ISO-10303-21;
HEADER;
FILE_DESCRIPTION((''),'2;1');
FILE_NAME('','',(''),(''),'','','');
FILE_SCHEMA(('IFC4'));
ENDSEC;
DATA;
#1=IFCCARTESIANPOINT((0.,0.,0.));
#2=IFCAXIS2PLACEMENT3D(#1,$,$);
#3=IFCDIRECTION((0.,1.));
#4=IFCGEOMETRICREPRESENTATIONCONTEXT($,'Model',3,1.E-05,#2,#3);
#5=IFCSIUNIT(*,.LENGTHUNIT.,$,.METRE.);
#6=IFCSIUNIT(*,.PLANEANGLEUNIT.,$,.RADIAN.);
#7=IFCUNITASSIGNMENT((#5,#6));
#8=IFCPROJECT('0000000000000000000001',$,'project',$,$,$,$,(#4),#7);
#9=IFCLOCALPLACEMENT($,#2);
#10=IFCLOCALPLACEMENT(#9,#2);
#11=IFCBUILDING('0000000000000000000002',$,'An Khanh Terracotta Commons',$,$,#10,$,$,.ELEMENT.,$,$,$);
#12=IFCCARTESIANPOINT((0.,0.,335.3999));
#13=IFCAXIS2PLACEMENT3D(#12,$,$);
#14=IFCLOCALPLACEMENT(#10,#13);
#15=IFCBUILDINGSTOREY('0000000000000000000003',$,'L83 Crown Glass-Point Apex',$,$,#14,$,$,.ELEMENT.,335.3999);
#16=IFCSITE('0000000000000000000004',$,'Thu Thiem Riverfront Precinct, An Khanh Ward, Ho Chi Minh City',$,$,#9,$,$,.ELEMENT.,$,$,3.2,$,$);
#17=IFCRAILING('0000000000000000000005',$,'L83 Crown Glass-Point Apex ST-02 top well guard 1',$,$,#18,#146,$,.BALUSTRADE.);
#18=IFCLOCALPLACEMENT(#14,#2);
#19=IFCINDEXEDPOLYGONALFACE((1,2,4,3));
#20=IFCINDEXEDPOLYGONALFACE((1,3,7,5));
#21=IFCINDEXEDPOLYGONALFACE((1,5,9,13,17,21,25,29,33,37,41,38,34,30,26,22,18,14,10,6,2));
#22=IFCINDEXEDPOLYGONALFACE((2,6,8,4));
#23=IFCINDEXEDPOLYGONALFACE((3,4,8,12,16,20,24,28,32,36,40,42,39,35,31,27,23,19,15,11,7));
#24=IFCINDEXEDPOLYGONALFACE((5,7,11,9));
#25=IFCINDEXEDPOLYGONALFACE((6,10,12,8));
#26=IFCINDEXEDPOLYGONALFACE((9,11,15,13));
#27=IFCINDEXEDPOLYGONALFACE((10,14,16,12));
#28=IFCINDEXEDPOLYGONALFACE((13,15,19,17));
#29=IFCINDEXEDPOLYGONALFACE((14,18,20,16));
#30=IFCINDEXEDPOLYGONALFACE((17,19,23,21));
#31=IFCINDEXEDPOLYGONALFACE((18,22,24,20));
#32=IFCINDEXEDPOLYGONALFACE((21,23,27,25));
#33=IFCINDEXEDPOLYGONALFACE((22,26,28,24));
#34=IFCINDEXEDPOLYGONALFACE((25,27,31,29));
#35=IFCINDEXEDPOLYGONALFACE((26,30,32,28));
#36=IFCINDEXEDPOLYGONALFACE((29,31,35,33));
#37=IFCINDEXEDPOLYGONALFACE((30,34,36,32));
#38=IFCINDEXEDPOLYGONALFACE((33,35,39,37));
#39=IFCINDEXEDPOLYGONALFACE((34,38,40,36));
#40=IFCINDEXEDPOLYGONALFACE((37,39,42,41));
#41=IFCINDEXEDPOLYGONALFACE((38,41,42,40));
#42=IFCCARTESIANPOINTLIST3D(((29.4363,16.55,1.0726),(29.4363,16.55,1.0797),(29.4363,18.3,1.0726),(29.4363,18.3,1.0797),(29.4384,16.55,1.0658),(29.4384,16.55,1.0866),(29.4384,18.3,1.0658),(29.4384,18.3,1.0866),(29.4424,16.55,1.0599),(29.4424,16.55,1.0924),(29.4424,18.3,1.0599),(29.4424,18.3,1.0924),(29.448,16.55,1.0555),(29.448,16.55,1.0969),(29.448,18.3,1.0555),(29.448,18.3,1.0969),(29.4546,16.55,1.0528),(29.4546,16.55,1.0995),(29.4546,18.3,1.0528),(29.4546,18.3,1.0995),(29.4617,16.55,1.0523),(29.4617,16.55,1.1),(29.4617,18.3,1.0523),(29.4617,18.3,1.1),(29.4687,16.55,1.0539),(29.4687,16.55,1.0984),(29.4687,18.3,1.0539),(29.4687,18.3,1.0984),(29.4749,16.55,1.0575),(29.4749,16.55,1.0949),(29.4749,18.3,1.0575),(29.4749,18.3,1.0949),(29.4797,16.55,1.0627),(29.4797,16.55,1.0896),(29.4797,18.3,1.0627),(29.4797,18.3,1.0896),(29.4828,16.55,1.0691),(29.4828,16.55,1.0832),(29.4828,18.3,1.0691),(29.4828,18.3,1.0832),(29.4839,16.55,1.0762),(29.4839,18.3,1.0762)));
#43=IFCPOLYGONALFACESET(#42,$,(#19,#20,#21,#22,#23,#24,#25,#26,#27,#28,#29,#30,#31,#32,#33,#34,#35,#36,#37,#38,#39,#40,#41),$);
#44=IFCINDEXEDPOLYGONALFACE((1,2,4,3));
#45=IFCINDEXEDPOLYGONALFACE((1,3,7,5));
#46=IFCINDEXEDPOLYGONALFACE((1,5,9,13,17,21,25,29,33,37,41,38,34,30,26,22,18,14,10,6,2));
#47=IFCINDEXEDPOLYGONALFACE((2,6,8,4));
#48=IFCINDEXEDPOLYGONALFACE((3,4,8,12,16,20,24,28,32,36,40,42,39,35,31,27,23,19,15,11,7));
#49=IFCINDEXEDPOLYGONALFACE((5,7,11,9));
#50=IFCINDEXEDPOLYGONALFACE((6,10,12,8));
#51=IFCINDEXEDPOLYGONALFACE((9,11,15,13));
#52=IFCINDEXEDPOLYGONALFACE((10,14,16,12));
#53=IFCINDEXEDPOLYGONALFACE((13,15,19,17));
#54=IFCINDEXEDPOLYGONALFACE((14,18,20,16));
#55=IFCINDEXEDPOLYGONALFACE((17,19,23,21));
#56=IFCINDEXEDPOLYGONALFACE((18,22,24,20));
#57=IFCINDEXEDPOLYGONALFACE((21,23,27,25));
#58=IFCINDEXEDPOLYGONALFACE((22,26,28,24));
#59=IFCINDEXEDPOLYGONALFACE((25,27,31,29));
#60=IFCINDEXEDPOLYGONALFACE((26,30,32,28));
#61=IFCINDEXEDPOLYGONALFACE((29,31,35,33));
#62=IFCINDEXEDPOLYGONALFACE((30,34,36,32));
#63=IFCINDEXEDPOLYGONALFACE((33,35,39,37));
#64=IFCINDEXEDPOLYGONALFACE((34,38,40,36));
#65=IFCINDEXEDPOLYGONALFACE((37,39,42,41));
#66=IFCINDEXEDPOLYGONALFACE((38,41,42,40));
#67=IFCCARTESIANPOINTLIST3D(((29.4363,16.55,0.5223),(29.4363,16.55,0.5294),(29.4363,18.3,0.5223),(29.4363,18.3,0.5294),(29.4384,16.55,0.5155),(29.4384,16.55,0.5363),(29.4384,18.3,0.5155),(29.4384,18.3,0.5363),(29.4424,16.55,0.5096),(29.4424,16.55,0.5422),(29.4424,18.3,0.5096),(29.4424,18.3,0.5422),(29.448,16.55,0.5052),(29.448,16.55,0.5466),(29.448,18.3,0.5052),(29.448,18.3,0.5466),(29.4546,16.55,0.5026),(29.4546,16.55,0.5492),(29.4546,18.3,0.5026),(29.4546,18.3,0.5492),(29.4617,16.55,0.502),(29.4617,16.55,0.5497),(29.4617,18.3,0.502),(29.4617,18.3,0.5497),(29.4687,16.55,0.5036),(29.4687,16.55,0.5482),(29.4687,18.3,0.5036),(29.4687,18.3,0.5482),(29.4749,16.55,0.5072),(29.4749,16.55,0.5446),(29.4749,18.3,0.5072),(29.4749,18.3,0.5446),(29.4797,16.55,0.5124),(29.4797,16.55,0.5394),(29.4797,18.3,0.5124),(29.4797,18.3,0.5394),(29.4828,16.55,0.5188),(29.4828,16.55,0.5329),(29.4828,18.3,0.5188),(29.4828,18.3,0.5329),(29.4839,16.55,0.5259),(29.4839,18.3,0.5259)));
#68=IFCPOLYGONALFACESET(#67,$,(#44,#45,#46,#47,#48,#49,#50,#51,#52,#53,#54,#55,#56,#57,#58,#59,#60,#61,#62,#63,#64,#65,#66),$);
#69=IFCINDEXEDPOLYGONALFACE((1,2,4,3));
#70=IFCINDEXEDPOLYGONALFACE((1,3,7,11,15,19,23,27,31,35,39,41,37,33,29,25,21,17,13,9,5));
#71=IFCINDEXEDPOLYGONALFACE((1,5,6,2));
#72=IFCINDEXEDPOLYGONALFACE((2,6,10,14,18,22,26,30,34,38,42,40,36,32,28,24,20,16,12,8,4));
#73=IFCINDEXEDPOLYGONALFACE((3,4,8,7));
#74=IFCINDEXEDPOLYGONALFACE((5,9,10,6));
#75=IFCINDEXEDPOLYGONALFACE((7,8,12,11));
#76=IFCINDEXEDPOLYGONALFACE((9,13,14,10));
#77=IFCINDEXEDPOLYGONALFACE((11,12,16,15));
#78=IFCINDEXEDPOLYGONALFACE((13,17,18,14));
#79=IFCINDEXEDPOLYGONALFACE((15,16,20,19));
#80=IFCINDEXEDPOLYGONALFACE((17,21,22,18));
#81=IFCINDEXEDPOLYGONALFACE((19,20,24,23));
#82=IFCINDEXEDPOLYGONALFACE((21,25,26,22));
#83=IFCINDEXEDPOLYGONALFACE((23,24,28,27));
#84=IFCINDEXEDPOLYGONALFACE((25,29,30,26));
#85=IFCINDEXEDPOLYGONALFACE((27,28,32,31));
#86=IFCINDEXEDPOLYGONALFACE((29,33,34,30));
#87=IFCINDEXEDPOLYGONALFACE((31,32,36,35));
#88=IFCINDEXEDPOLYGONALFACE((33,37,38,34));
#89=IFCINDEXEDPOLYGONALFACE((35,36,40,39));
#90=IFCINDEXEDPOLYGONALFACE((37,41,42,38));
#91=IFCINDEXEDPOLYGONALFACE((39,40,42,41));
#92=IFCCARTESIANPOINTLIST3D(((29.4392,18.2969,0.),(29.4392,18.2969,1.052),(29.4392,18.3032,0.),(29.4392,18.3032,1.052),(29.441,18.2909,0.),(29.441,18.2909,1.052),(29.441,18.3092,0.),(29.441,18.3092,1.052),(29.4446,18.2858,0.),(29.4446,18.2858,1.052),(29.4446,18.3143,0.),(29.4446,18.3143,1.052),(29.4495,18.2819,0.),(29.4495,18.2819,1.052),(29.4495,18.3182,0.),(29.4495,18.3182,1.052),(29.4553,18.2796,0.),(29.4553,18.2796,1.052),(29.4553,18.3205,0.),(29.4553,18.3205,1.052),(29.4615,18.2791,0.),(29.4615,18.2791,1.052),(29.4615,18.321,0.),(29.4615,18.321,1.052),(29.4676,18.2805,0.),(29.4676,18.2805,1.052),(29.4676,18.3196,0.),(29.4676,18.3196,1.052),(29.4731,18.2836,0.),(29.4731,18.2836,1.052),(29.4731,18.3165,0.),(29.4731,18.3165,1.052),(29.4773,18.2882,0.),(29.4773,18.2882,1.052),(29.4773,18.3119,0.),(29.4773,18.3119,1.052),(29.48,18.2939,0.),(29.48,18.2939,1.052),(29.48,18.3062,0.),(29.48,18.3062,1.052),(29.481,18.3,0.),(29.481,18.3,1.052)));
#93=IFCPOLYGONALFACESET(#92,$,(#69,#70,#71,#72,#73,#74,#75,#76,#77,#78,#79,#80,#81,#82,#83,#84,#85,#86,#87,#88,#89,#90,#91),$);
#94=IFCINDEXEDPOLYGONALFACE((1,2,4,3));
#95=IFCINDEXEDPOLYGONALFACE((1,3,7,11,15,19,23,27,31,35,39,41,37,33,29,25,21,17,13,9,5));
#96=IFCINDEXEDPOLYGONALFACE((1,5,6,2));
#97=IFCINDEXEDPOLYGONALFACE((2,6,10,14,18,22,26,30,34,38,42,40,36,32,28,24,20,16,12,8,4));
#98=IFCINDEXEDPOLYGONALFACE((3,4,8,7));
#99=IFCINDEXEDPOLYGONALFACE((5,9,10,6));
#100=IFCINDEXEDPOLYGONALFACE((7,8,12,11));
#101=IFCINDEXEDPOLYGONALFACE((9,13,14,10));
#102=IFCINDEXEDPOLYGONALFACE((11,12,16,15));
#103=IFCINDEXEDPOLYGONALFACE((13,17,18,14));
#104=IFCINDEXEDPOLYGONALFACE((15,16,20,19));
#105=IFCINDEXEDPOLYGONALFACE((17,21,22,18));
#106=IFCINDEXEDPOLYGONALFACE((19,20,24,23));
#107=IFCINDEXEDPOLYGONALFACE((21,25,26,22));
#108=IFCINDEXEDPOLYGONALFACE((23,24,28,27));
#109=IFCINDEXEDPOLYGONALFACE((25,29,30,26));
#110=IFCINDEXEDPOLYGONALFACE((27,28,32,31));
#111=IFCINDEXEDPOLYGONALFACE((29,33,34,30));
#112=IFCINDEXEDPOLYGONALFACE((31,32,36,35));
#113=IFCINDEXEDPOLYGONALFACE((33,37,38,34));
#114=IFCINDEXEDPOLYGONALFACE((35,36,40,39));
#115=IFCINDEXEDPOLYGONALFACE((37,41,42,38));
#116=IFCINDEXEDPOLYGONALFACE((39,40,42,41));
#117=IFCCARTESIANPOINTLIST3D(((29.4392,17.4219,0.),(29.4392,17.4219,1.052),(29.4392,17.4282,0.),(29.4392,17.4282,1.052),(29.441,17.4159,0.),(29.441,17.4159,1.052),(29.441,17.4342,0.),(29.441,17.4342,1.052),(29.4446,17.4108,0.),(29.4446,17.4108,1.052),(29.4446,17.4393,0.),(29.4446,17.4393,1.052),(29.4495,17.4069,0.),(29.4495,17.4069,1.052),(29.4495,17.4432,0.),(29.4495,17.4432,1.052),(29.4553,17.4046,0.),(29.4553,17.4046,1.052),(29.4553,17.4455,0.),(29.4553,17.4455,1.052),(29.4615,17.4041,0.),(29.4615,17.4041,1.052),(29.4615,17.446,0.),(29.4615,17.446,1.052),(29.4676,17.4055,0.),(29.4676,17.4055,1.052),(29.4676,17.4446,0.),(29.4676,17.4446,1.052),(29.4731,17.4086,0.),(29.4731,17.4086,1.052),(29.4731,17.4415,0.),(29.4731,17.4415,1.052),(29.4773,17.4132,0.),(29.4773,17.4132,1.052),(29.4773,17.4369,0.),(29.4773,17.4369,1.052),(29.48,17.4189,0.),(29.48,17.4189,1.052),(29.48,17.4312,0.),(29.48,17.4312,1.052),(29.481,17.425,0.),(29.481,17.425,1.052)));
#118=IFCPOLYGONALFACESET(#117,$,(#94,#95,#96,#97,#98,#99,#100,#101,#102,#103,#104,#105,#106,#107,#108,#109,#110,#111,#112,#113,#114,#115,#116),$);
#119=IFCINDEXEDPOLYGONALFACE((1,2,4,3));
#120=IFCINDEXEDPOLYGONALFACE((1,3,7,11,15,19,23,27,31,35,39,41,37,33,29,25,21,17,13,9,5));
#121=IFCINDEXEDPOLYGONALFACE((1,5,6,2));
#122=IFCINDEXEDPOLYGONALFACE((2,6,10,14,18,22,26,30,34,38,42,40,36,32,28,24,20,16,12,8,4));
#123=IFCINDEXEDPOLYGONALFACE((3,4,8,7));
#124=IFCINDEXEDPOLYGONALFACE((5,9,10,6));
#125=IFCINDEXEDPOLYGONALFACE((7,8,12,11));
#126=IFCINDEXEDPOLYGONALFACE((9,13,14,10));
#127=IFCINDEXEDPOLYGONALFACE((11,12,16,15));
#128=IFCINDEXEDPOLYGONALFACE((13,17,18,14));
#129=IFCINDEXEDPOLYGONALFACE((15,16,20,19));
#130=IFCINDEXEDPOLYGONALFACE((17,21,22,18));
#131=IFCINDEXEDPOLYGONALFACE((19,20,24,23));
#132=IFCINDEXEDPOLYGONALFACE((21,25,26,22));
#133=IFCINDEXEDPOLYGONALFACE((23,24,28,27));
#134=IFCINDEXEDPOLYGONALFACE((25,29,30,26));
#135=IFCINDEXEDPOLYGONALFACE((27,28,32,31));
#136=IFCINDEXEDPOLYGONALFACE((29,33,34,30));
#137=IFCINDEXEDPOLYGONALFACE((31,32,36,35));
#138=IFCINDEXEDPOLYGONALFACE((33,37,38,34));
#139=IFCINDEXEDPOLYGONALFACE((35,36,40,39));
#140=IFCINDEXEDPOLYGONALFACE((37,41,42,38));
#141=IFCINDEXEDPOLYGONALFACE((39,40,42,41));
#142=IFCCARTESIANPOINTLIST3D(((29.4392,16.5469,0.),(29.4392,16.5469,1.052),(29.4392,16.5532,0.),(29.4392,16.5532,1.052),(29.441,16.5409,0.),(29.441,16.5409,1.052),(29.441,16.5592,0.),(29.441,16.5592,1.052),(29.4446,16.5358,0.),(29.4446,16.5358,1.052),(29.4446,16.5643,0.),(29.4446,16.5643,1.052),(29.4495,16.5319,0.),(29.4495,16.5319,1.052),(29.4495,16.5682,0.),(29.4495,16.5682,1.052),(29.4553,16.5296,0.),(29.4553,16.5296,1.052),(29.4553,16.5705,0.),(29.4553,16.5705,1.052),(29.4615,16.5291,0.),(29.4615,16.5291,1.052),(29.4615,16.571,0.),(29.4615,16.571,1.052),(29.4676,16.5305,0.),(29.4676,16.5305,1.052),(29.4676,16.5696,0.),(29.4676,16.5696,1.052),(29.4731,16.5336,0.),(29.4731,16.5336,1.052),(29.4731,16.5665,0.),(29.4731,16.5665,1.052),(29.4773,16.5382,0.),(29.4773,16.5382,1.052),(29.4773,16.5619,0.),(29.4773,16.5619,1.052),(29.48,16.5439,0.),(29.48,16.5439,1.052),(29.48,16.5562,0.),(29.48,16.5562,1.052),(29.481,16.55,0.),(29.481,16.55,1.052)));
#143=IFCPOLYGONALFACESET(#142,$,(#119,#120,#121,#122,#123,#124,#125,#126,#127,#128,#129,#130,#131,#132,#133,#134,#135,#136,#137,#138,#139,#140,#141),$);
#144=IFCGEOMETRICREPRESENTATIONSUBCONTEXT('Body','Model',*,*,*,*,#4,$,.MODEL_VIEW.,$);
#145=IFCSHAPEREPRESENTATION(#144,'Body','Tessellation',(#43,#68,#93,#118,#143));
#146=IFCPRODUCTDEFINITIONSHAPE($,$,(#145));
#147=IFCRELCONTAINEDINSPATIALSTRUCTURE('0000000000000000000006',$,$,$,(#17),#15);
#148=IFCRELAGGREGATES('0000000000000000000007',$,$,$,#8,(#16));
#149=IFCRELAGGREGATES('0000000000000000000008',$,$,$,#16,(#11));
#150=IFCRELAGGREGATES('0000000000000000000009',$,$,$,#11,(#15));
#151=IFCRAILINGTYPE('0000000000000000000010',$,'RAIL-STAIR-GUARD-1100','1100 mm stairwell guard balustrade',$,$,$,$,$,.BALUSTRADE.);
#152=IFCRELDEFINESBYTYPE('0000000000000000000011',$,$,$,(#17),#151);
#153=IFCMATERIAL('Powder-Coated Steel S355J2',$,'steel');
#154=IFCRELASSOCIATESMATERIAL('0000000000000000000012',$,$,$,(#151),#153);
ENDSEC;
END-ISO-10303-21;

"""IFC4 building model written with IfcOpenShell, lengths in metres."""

from ifc_helpers import new_model, si_unit, direction, frame, origin, origin_2d, place, context, subcontext, project, spatial, circle, extrude, material, type_object, element, save


model = new_model("IFC4")

# Units and contexts
model_context = context("Model", 3, precision=1e-05, world=origin(), true_north=direction((0.0, 1.0)))
body_context = subcontext(model_context, "Body", "Model", "MODEL_VIEW")
ifc_project = project(units=[si_unit("LENGTHUNIT", "METRE"), si_unit("PLANEANGLEUNIT", "RADIAN")], contexts=[model_context])

# Site, building, storey
site_placement = place(None, origin())
site = spatial("IfcSite", under=ifc_project, at=site_placement, Name="Thu Thiem Riverfront Precinct, An Khanh Ward, Ho Chi Minh City", CompositionType="ELEMENT", RefElevation=3.2)
building_placement = place(site_placement, origin())
building = spatial("IfcBuilding", under=site, at=building_placement, Name="An Khanh Terracotta Commons", CompositionType="ELEMENT")
storey_placement = place(building_placement, frame((0.0, 0.0, 335.3999)))
storey = spatial("IfcBuildingStorey", under=building, at=storey_placement, Name="L83 Crown Glass-Point Apex", CompositionType="ELEMENT", Elevation=335.3999)

# Railing
ifc_material_1 = material(Name="Powder-Coated Steel S355J2", Category="steel")
railing_type = type_object("IfcRailingType", Name="RAIL-STAIR-GUARD-1100", Description="1100 mm stairwell guard balustrade", PredefinedType="BALUSTRADE", material=ifc_material_1)
for number, where, name in (
    (1, (29.46, 18.3, 0.0), "L83 Crown Glass-Point Apex ST-02 top well guard 1"),
):
    element("IfcRailing", number, at=place(storey_placement, frame(where)), inside=storey, type_object=railing_type, Name=name, PredefinedType="BALUSTRADE", context=body_context, shape_type="SweptSolid", body=[
        extrude(circle(Radius=0.0239, at=origin_2d()), frame((0.0, 0.0, 1.0762), z_axis=(0.0, -1.0, 0.0), x_axis=(1.0, 0.0, 0.0)), (0.0, 0.0, 1.0), 1.75),
        extrude(circle(Radius=0.0239, at=origin_2d()), frame((0.0, 0.0, 0.5259), z_axis=(0.0, -1.0, 0.0), x_axis=(1.0, 0.0, 0.0)), (0.0, 0.0, 1.0), 1.75),
        extrude(circle(Radius=0.021, at=origin_2d()), origin(), (0.0, 0.0, 1.0), 1.052),
        extrude(circle(Radius=0.021, at=origin_2d()), frame((0.0, -0.875, 0.0)), (0.0, 0.0, 1.0), 1.052),
        extrude(circle(Radius=0.021, at=origin_2d()), frame((0.0, -1.75, 0.0)), (0.0, 0.0, 1.0), 1.052),
    ])

save(model, "model.ifc")
